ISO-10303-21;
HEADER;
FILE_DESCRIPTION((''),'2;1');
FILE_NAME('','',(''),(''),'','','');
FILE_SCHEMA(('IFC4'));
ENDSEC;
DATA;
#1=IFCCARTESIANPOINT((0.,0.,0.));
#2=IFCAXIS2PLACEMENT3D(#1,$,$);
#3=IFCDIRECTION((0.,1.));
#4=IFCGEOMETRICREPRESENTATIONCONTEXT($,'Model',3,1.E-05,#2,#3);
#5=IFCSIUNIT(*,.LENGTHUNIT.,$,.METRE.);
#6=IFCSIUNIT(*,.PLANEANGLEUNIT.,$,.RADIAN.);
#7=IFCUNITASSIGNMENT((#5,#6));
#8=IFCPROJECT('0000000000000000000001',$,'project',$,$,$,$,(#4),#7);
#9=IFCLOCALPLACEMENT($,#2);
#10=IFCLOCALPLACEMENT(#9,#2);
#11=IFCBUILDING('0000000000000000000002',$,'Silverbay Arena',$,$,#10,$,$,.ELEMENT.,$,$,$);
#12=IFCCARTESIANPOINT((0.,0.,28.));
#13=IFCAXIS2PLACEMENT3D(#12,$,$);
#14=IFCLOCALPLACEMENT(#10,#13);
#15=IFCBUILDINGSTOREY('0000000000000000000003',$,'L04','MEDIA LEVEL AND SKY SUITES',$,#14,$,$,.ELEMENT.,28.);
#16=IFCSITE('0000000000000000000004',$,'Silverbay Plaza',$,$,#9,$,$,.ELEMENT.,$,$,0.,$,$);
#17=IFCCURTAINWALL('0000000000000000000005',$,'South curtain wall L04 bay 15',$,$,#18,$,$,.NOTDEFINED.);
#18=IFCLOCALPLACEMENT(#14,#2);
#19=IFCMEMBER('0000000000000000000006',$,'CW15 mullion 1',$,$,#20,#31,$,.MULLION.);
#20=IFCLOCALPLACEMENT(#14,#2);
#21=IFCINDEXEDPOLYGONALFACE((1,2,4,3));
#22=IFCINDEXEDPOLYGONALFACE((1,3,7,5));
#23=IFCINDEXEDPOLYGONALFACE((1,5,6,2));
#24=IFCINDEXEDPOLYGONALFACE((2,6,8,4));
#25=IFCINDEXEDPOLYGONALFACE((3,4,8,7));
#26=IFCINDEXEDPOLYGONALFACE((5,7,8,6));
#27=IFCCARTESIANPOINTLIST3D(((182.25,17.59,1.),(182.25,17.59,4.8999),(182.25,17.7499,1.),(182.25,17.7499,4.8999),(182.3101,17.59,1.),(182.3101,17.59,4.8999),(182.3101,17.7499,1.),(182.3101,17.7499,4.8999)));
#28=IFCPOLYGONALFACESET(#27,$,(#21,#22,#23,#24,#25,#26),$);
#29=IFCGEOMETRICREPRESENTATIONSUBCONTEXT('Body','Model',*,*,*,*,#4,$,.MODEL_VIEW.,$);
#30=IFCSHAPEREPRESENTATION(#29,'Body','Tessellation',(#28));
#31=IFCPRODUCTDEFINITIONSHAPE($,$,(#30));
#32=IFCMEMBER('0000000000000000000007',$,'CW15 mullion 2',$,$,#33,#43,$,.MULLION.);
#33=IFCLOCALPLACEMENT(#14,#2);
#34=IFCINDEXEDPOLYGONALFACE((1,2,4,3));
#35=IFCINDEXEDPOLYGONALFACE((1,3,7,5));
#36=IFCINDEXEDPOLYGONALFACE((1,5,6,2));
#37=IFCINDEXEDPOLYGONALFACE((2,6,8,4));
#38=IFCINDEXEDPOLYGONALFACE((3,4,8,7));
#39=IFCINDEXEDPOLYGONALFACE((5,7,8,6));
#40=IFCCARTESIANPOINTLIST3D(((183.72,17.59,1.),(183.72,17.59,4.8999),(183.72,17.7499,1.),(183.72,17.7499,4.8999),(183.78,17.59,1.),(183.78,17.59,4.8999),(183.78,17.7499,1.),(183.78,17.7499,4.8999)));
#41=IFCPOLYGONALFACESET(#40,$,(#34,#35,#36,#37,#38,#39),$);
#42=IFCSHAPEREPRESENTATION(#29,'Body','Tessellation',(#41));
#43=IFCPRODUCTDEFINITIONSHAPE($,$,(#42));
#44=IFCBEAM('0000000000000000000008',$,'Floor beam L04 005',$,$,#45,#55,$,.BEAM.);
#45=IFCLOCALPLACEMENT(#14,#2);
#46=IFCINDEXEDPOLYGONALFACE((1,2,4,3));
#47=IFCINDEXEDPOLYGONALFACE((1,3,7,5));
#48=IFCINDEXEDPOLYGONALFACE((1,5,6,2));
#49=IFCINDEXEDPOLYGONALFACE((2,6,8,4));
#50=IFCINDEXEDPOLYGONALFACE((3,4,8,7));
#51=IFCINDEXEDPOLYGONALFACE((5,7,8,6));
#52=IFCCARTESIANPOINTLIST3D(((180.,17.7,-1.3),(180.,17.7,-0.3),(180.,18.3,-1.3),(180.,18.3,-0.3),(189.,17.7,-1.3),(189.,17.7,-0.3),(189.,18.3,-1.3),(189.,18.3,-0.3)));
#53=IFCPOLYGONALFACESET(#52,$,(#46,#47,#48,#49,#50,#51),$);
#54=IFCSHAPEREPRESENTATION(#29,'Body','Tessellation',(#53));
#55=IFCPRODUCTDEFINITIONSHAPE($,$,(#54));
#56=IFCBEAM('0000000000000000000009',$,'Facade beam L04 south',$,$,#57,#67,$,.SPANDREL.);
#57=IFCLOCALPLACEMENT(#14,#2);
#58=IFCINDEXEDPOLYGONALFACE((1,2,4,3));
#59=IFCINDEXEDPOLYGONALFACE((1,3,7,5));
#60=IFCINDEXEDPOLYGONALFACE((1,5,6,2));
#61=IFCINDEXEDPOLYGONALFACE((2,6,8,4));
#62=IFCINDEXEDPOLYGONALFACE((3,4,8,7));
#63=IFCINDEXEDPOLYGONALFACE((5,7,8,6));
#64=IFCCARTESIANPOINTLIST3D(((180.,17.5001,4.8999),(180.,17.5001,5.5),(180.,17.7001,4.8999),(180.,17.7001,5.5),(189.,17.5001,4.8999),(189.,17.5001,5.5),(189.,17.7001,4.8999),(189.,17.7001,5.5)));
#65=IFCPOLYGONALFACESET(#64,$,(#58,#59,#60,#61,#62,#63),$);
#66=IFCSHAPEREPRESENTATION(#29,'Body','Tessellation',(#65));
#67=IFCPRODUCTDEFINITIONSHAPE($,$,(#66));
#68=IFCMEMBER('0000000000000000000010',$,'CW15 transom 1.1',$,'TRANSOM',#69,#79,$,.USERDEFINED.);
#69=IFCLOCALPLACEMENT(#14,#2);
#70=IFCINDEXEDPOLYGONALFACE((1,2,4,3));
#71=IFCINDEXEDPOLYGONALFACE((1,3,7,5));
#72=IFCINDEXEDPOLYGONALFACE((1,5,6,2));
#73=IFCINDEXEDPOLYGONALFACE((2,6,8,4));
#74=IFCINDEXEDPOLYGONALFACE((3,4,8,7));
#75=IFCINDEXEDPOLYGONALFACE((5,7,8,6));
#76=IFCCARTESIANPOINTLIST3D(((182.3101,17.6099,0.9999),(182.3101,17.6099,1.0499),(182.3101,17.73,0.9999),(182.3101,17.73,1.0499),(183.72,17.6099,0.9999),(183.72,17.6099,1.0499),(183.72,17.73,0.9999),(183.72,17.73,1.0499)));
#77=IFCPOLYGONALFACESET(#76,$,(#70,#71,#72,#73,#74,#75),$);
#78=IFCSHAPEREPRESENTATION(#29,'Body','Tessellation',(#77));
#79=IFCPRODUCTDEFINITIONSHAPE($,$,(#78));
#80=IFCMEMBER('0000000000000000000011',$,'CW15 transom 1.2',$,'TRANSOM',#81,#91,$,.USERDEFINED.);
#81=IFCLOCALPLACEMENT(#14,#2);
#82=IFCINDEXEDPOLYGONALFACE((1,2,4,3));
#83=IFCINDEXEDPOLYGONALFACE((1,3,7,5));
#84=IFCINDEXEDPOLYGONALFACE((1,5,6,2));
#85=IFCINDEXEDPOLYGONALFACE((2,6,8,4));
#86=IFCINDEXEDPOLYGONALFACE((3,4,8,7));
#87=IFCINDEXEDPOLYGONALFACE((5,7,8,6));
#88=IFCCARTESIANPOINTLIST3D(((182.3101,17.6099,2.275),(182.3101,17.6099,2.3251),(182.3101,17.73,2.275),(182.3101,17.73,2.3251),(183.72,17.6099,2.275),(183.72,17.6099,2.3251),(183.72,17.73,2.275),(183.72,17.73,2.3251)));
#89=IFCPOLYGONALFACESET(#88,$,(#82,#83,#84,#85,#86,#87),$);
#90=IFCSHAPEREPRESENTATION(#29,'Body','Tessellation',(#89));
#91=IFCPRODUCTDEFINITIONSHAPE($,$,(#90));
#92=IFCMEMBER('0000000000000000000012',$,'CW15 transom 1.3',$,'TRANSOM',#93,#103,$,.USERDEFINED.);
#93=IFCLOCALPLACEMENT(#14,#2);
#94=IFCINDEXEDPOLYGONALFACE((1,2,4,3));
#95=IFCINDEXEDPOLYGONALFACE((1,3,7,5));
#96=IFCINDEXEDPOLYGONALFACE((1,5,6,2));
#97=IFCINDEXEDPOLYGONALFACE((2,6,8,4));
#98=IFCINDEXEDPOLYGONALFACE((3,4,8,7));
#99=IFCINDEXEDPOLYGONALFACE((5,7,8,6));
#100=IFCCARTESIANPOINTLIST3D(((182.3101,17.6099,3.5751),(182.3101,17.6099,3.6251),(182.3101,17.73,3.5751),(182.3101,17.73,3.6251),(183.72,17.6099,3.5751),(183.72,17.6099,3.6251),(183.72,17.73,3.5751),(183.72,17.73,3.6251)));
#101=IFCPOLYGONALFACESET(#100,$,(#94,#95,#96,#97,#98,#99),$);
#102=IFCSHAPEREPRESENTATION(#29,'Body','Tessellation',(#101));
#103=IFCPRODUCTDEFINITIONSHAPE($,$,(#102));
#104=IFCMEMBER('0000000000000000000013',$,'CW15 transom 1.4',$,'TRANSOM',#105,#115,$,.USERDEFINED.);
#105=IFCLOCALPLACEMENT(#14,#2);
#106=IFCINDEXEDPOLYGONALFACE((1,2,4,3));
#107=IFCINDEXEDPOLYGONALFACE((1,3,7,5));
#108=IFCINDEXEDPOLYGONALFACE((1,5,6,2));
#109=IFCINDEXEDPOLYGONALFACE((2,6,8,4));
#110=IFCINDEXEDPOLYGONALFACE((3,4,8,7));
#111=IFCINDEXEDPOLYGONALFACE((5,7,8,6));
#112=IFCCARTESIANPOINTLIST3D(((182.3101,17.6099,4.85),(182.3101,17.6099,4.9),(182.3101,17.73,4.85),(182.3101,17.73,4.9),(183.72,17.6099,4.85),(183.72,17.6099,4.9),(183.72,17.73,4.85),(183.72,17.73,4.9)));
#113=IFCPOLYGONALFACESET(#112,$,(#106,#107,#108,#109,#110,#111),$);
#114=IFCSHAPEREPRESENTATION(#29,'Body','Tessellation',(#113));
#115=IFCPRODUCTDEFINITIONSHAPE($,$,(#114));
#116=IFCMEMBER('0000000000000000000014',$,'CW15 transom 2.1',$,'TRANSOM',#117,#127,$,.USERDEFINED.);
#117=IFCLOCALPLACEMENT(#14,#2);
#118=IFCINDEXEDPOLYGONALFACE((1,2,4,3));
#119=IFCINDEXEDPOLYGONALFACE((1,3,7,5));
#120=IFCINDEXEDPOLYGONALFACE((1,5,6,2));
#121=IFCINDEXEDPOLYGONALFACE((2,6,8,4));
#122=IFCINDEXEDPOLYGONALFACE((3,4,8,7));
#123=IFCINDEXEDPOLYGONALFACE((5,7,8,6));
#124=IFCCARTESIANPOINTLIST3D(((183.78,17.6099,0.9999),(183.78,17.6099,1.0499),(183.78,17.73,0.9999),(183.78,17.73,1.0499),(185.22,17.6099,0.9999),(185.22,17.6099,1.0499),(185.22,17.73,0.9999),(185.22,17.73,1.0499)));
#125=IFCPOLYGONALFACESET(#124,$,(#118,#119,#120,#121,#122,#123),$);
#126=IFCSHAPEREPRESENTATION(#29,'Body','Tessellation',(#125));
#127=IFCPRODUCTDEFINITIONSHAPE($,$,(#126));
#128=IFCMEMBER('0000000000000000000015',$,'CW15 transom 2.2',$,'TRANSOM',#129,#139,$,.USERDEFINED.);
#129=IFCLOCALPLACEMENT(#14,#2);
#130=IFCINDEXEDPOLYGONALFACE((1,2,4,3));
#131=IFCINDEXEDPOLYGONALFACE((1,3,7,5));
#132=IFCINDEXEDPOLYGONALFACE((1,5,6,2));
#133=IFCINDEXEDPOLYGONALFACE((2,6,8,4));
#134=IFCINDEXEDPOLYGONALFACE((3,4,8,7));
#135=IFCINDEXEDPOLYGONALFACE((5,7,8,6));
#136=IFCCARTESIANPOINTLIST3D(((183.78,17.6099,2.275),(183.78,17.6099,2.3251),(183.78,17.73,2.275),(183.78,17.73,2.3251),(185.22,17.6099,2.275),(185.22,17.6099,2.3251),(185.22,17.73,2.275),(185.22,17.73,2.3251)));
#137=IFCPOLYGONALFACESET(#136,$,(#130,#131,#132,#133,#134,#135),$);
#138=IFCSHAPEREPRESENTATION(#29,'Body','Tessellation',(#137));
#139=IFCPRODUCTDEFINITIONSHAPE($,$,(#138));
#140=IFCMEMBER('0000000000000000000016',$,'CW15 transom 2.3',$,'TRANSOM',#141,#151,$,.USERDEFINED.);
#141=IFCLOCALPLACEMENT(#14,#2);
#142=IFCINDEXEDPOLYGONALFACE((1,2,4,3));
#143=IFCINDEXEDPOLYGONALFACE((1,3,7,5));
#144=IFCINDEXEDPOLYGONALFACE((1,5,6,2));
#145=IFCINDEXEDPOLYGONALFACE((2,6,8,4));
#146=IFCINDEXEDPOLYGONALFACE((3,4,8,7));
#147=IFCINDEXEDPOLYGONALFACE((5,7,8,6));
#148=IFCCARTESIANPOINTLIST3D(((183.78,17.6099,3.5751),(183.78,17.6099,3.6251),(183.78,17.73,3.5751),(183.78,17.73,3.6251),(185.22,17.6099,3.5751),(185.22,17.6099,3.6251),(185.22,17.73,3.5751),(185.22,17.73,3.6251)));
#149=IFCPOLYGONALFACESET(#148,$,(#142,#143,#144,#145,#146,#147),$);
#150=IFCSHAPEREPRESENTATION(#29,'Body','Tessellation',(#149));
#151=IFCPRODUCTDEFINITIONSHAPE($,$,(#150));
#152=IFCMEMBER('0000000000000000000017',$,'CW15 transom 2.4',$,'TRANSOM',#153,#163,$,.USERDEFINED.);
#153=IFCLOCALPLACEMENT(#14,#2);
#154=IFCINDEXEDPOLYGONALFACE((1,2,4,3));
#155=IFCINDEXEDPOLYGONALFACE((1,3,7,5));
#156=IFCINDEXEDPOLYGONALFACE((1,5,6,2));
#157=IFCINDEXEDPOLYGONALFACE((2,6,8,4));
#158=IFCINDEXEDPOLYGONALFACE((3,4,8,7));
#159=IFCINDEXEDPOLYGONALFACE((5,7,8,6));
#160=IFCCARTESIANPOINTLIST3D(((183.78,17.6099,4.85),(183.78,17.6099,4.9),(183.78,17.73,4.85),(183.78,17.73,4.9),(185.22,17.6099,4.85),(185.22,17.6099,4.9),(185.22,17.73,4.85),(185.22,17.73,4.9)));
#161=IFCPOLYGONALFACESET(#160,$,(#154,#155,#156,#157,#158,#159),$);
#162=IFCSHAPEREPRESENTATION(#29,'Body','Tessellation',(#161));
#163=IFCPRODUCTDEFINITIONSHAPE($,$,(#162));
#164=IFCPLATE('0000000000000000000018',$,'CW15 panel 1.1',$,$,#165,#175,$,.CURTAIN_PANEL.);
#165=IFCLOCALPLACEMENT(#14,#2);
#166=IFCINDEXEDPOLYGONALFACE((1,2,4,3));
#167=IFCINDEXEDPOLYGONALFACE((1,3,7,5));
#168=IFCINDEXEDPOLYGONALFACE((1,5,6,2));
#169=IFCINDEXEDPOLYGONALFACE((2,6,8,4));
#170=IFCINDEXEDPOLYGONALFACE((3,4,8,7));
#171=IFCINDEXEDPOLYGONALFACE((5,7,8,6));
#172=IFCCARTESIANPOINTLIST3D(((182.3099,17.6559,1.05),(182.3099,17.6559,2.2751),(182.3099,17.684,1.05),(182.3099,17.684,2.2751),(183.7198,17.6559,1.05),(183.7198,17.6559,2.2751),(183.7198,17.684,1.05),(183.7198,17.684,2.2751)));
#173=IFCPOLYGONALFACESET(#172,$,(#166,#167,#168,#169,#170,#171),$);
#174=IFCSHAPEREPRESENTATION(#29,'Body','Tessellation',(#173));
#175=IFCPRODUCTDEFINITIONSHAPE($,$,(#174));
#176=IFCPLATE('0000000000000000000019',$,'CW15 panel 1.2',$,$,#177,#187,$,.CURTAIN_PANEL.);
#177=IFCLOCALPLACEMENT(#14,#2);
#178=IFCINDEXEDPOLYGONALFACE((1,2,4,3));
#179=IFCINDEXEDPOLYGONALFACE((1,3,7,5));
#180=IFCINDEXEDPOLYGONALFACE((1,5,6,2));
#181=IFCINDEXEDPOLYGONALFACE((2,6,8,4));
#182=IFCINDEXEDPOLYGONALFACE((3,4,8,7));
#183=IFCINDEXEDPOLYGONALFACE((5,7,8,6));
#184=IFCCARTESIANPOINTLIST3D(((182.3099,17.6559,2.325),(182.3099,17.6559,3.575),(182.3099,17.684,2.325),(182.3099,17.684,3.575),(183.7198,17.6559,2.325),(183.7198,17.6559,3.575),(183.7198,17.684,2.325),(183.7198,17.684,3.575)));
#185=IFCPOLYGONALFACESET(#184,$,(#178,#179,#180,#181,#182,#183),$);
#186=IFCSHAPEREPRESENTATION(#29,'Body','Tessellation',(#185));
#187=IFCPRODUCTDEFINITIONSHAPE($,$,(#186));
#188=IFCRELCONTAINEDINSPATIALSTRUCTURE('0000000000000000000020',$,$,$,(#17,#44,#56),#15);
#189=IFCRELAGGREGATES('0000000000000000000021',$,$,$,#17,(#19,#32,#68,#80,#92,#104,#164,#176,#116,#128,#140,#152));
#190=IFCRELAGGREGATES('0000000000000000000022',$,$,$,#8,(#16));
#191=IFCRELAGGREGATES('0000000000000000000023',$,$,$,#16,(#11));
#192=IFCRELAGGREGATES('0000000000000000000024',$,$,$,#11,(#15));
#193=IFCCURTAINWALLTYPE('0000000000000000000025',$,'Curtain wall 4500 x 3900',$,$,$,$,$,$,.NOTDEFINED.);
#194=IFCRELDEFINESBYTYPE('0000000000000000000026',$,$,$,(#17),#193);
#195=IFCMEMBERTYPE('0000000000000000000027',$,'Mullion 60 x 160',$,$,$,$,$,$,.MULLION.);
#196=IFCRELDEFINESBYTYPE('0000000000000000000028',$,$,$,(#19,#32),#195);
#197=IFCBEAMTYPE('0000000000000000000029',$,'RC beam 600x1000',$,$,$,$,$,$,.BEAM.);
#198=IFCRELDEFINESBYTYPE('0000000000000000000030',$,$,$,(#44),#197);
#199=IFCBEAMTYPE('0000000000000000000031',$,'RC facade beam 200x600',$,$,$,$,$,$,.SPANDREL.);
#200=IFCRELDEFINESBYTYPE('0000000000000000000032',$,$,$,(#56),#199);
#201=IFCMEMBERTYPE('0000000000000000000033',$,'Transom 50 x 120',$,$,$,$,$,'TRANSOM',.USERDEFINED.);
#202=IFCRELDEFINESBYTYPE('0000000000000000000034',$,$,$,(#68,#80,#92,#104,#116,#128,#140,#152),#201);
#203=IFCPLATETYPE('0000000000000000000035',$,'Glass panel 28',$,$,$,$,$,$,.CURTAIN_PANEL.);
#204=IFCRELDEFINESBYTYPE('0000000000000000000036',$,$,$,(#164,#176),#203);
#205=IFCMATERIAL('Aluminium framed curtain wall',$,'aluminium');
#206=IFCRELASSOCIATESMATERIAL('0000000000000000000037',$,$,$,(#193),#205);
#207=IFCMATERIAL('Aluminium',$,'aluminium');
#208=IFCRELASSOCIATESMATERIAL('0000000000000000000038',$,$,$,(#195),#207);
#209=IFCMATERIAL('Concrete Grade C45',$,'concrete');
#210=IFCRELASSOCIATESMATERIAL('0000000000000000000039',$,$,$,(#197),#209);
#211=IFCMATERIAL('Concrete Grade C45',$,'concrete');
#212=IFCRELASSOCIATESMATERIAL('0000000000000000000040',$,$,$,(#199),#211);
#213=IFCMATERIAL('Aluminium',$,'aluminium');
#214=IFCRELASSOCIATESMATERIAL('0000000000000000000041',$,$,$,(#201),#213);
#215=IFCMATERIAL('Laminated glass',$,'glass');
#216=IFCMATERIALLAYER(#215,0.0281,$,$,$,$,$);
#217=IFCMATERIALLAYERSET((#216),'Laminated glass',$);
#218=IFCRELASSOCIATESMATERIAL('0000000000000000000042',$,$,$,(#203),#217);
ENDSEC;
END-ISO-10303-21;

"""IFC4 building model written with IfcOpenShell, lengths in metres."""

from ifc_helpers import new_model, si_unit, direction, frame, origin, origin_2d, place, context, subcontext, project, spatial, rectangle, extrude, material, layer, layer_set, material_profile, profile_set, type_object, element, aggregate, save


model = new_model("IFC4")

# Units and contexts
model_context = context("Model", 3, precision=1e-05, world=origin(), true_north=direction((0.0, 1.0)))
body_context = subcontext(model_context, "Body", "Model", "MODEL_VIEW")
ifc_project = project(units=[si_unit("LENGTHUNIT", "METRE"), si_unit("PLANEANGLEUNIT", "RADIAN")], contexts=[model_context])

# Site, building, storey
site_placement = place(None, origin())
site = spatial("IfcSite", under=ifc_project, at=site_placement, Name="Silverbay Plaza", CompositionType="ELEMENT", RefElevation=0.0)
building_placement = place(site_placement, origin())
building = spatial("IfcBuilding", under=site, at=building_placement, Name="Silverbay Arena", CompositionType="ELEMENT")
storey_placement = place(building_placement, frame((0.0, 0.0, 28.0)))
storey = spatial("IfcBuildingStorey", under=building, at=storey_placement, Name="L04", Description="MEDIA LEVEL AND SKY SUITES", CompositionType="ELEMENT", Elevation=28.0)

# Curtain wall, members
ifc_material_1 = material(Name="Aluminium framed curtain wall", Category="aluminium")
curtain_wall_type = type_object("IfcCurtainWallType", Name="Curtain wall 4500 x 3900", PredefinedType="NOTDEFINED", material=ifc_material_1)
curtain_wall_placement = place(storey_placement, origin())
curtain_wall = element("IfcCurtainWall", 1, at=curtain_wall_placement, inside=storey, type_object=curtain_wall_type, Name="South curtain wall L04 bay 15", PredefinedType="NOTDEFINED")
ifc_material_2 = material(Name="Aluminium", Category="aluminium")
ifc_material_profile_1 = material_profile(ifc_material_2, rectangle(XDim=0.1599, YDim=0.0601, at=origin_2d()), Name="Mullion 60 x 160")
ifc_profile_set_1 = profile_set([ifc_material_profile_1], Name="Aluminium")
member_type_1 = type_object("IfcMemberType", Name="Mullion 60 x 160", PredefinedType="MULLION", material=ifc_profile_set_1)
member_1_placement = place(storey_placement, frame((182.28, 17.6699, 1.0), z_axis=(0.0, 0.0, 1.0), x_axis=(0.0, 1.0, 0.0)))
member_1 = element("IfcMember", 2, at=member_1_placement, type_object=member_type_1, Name="CW15 mullion 1", PredefinedType="MULLION", context=body_context, shape_type="SweptSolid", body=[
    extrude(rectangle(XDim=0.1599, YDim=0.0601, at=origin_2d()), origin(), (0.0, 0.0, 1.0), 3.8999),
])
member_2_placement = place(storey_placement, frame((183.75, 17.6699, 1.0), z_axis=(0.0, 0.0, 1.0), x_axis=(0.0, 1.0, 0.0)))
member_2 = element("IfcMember", 3, at=member_2_placement, type_object=member_type_1, Name="CW15 mullion 2", PredefinedType="MULLION", context=body_context, shape_type="SweptSolid", body=[
    extrude(rectangle(XDim=0.1599, YDim=0.0601, at=origin_2d()), origin(), (0.0, 0.0, 1.0), 3.8999),
])

# Beams
ifc_material_3 = material(Name="Concrete Grade C45", Category="concrete")
ifc_material_profile_2 = material_profile(ifc_material_3, rectangle(XDim=0.6001, YDim=1.0, at=origin_2d()), Name="RC 600x1000")
ifc_profile_set_2 = profile_set([ifc_material_profile_2], Name="Concrete Grade C45")
beam_type_1 = type_object("IfcBeamType", Name="RC beam 600x1000", PredefinedType="BEAM", material=ifc_profile_set_2)
beam_1_placement = place(storey_placement, frame((180.0, 18.0, -0.8), z_axis=(1.0, 0.0, 0.0), x_axis=(0.0, 1.0, 0.0)))
element("IfcBeam", 4, at=beam_1_placement, inside=storey, type_object=beam_type_1, Name="Floor beam L04 005", PredefinedType="BEAM", context=body_context, shape_type="SweptSolid", body=[
    extrude(rectangle(XDim=0.6001, YDim=1.0, at=origin_2d()), origin(), (0.0, 0.0, 1.0), 9.0),
])
ifc_material_4 = material(Name="Concrete Grade C45", Category="concrete")
ifc_material_profile_3 = material_profile(ifc_material_4, rectangle(XDim=0.2, YDim=0.6001, at=origin_2d()), Name="RC 200x600")
ifc_profile_set_3 = profile_set([ifc_material_profile_3], Name="Concrete Grade C45")
beam_type_2 = type_object("IfcBeamType", Name="RC facade beam 200x600", PredefinedType="SPANDREL", material=ifc_profile_set_3)
beam_2_placement = place(storey_placement, frame((180.0, 17.6001, 5.2), z_axis=(1.0, 0.0, 0.0), x_axis=(0.0, 1.0, 0.0)))
element("IfcBeam", 5, at=beam_2_placement, inside=storey, type_object=beam_type_2, Name="Facade beam L04 south", PredefinedType="SPANDREL", context=body_context, shape_type="SweptSolid", body=[
    extrude(rectangle(XDim=0.2, YDim=0.6001, at=origin_2d()), origin(), (0.0, 0.0, 1.0), 9.0),
])

# Members
ifc_material_5 = material(Name="Aluminium", Category="aluminium")
ifc_material_profile_4 = material_profile(ifc_material_5, rectangle(XDim=0.1201, YDim=0.05, at=origin_2d()), Name="Transom 50 x 120")
ifc_profile_set_4 = profile_set([ifc_material_profile_4], Name="Aluminium")
member_type_2 = type_object("IfcMemberType", Name="Transom 50 x 120", ElementType="TRANSOM", PredefinedType="USERDEFINED", material=ifc_profile_set_4)
member_3_placement = place(storey_placement, frame((182.3101, 17.6699, 1.0249), z_axis=(1.0, 0.0, 0.0), x_axis=(0.0, 1.0, 0.0)))
member_3 = element("IfcMember", 6, at=member_3_placement, type_object=member_type_2, Name="CW15 transom 1.1", ObjectType="TRANSOM", PredefinedType="USERDEFINED", context=body_context, shape_type="SweptSolid", body=[
    extrude(rectangle(XDim=0.1201, YDim=0.05, at=origin_2d()), origin(), (0.0, 0.0, 1.0), 1.4099),
])
member_4_placement = place(storey_placement, frame((182.3101, 17.6699, 2.3), z_axis=(1.0, 0.0, 0.0), x_axis=(0.0, 1.0, 0.0)))
member_4 = element("IfcMember", 7, at=member_4_placement, type_object=member_type_2, Name="CW15 transom 1.2", ObjectType="TRANSOM", PredefinedType="USERDEFINED", context=body_context, shape_type="SweptSolid", body=[
    extrude(rectangle(XDim=0.1201, YDim=0.05, at=origin_2d()), origin(), (0.0, 0.0, 1.0), 1.4099),
])
member_5_placement = place(storey_placement, frame((182.3101, 17.6699, 3.6001), z_axis=(1.0, 0.0, 0.0), x_axis=(0.0, 1.0, 0.0)))
member_5 = element("IfcMember", 8, at=member_5_placement, type_object=member_type_2, Name="CW15 transom 1.3", ObjectType="TRANSOM", PredefinedType="USERDEFINED", context=body_context, shape_type="SweptSolid", body=[
    extrude(rectangle(XDim=0.1201, YDim=0.05, at=origin_2d()), origin(), (0.0, 0.0, 1.0), 1.4099),
])
member_6_placement = place(storey_placement, frame((182.3101, 17.6699, 4.875), z_axis=(1.0, 0.0, 0.0), x_axis=(0.0, 1.0, 0.0)))
member_6 = element("IfcMember", 9, at=member_6_placement, type_object=member_type_2, Name="CW15 transom 1.4", ObjectType="TRANSOM", PredefinedType="USERDEFINED", context=body_context, shape_type="SweptSolid", body=[
    extrude(rectangle(XDim=0.1201, YDim=0.05, at=origin_2d()), origin(), (0.0, 0.0, 1.0), 1.4099),
])
member_7_placement = place(storey_placement, frame((183.78, 17.6699, 1.0249), z_axis=(1.0, 0.0, 0.0), x_axis=(0.0, 1.0, 0.0)))
member_7 = element("IfcMember", 10, at=member_7_placement, type_object=member_type_2, Name="CW15 transom 2.1", ObjectType="TRANSOM", PredefinedType="USERDEFINED", context=body_context, shape_type="SweptSolid", body=[
    extrude(rectangle(XDim=0.1201, YDim=0.05, at=origin_2d()), origin(), (0.0, 0.0, 1.0), 1.4399),
])
member_8_placement = place(storey_placement, frame((183.78, 17.6699, 2.3), z_axis=(1.0, 0.0, 0.0), x_axis=(0.0, 1.0, 0.0)))
member_8 = element("IfcMember", 11, at=member_8_placement, type_object=member_type_2, Name="CW15 transom 2.2", ObjectType="TRANSOM", PredefinedType="USERDEFINED", context=body_context, shape_type="SweptSolid", body=[
    extrude(rectangle(XDim=0.1201, YDim=0.05, at=origin_2d()), origin(), (0.0, 0.0, 1.0), 1.4399),
])
member_9_placement = place(storey_placement, frame((183.78, 17.6699, 3.6001), z_axis=(1.0, 0.0, 0.0), x_axis=(0.0, 1.0, 0.0)))
member_9 = element("IfcMember", 12, at=member_9_placement, type_object=member_type_2, Name="CW15 transom 2.3", ObjectType="TRANSOM", PredefinedType="USERDEFINED", context=body_context, shape_type="SweptSolid", body=[
    extrude(rectangle(XDim=0.1201, YDim=0.05, at=origin_2d()), origin(), (0.0, 0.0, 1.0), 1.4399),
])
member_10_placement = place(storey_placement, frame((183.78, 17.6699, 4.875), z_axis=(1.0, 0.0, 0.0), x_axis=(0.0, 1.0, 0.0)))
member_10 = element("IfcMember", 13, at=member_10_placement, type_object=member_type_2, Name="CW15 transom 2.4", ObjectType="TRANSOM", PredefinedType="USERDEFINED", context=body_context, shape_type="SweptSolid", body=[
    extrude(rectangle(XDim=0.1201, YDim=0.05, at=origin_2d()), origin(), (0.0, 0.0, 1.0), 1.4399),
])

# Plates
ifc_material_6 = material(Name="Laminated glass", Category="glass")
ifc_layer_1 = layer(ifc_material_6, 0.0281)
ifc_layer_set_1 = layer_set([ifc_layer_1], Name="Laminated glass")
plate_type = type_object("IfcPlateType", Name="Glass panel 28", PredefinedType="CURTAIN_PANEL", material=ifc_layer_set_1)
plate_1_placement = place(storey_placement, frame((183.0149, 17.6699, 1.05), z_axis=(0.0, 0.0, 1.0), x_axis=(1.0, 0.0, 0.0)))
plate_1 = element("IfcPlate", 14, at=plate_1_placement, type_object=plate_type, Name="CW15 panel 1.1", PredefinedType="CURTAIN_PANEL", context=body_context, shape_type="SweptSolid", body=[
    extrude(rectangle(XDim=1.4099, YDim=0.0281, at=origin_2d()), origin(), (0.0, 0.0, 1.0), 1.2251),
])
plate_2_placement = place(storey_placement, frame((183.0149, 17.6699, 2.325), z_axis=(0.0, 0.0, 1.0), x_axis=(1.0, 0.0, 0.0)))
plate_2 = element("IfcPlate", 15, at=plate_2_placement, type_object=plate_type, Name="CW15 panel 1.2", PredefinedType="CURTAIN_PANEL", context=body_context, shape_type="SweptSolid", body=[
    extrude(rectangle(XDim=1.4099, YDim=0.0281, at=origin_2d()), origin(), (0.0, 0.0, 1.0), 1.25),
])
aggregate(curtain_wall, [member_1, member_2, member_3, member_4, member_5, member_6, plate_1, plate_2, member_7, member_8, member_9, member_10])

save(model, "model.ifc")
